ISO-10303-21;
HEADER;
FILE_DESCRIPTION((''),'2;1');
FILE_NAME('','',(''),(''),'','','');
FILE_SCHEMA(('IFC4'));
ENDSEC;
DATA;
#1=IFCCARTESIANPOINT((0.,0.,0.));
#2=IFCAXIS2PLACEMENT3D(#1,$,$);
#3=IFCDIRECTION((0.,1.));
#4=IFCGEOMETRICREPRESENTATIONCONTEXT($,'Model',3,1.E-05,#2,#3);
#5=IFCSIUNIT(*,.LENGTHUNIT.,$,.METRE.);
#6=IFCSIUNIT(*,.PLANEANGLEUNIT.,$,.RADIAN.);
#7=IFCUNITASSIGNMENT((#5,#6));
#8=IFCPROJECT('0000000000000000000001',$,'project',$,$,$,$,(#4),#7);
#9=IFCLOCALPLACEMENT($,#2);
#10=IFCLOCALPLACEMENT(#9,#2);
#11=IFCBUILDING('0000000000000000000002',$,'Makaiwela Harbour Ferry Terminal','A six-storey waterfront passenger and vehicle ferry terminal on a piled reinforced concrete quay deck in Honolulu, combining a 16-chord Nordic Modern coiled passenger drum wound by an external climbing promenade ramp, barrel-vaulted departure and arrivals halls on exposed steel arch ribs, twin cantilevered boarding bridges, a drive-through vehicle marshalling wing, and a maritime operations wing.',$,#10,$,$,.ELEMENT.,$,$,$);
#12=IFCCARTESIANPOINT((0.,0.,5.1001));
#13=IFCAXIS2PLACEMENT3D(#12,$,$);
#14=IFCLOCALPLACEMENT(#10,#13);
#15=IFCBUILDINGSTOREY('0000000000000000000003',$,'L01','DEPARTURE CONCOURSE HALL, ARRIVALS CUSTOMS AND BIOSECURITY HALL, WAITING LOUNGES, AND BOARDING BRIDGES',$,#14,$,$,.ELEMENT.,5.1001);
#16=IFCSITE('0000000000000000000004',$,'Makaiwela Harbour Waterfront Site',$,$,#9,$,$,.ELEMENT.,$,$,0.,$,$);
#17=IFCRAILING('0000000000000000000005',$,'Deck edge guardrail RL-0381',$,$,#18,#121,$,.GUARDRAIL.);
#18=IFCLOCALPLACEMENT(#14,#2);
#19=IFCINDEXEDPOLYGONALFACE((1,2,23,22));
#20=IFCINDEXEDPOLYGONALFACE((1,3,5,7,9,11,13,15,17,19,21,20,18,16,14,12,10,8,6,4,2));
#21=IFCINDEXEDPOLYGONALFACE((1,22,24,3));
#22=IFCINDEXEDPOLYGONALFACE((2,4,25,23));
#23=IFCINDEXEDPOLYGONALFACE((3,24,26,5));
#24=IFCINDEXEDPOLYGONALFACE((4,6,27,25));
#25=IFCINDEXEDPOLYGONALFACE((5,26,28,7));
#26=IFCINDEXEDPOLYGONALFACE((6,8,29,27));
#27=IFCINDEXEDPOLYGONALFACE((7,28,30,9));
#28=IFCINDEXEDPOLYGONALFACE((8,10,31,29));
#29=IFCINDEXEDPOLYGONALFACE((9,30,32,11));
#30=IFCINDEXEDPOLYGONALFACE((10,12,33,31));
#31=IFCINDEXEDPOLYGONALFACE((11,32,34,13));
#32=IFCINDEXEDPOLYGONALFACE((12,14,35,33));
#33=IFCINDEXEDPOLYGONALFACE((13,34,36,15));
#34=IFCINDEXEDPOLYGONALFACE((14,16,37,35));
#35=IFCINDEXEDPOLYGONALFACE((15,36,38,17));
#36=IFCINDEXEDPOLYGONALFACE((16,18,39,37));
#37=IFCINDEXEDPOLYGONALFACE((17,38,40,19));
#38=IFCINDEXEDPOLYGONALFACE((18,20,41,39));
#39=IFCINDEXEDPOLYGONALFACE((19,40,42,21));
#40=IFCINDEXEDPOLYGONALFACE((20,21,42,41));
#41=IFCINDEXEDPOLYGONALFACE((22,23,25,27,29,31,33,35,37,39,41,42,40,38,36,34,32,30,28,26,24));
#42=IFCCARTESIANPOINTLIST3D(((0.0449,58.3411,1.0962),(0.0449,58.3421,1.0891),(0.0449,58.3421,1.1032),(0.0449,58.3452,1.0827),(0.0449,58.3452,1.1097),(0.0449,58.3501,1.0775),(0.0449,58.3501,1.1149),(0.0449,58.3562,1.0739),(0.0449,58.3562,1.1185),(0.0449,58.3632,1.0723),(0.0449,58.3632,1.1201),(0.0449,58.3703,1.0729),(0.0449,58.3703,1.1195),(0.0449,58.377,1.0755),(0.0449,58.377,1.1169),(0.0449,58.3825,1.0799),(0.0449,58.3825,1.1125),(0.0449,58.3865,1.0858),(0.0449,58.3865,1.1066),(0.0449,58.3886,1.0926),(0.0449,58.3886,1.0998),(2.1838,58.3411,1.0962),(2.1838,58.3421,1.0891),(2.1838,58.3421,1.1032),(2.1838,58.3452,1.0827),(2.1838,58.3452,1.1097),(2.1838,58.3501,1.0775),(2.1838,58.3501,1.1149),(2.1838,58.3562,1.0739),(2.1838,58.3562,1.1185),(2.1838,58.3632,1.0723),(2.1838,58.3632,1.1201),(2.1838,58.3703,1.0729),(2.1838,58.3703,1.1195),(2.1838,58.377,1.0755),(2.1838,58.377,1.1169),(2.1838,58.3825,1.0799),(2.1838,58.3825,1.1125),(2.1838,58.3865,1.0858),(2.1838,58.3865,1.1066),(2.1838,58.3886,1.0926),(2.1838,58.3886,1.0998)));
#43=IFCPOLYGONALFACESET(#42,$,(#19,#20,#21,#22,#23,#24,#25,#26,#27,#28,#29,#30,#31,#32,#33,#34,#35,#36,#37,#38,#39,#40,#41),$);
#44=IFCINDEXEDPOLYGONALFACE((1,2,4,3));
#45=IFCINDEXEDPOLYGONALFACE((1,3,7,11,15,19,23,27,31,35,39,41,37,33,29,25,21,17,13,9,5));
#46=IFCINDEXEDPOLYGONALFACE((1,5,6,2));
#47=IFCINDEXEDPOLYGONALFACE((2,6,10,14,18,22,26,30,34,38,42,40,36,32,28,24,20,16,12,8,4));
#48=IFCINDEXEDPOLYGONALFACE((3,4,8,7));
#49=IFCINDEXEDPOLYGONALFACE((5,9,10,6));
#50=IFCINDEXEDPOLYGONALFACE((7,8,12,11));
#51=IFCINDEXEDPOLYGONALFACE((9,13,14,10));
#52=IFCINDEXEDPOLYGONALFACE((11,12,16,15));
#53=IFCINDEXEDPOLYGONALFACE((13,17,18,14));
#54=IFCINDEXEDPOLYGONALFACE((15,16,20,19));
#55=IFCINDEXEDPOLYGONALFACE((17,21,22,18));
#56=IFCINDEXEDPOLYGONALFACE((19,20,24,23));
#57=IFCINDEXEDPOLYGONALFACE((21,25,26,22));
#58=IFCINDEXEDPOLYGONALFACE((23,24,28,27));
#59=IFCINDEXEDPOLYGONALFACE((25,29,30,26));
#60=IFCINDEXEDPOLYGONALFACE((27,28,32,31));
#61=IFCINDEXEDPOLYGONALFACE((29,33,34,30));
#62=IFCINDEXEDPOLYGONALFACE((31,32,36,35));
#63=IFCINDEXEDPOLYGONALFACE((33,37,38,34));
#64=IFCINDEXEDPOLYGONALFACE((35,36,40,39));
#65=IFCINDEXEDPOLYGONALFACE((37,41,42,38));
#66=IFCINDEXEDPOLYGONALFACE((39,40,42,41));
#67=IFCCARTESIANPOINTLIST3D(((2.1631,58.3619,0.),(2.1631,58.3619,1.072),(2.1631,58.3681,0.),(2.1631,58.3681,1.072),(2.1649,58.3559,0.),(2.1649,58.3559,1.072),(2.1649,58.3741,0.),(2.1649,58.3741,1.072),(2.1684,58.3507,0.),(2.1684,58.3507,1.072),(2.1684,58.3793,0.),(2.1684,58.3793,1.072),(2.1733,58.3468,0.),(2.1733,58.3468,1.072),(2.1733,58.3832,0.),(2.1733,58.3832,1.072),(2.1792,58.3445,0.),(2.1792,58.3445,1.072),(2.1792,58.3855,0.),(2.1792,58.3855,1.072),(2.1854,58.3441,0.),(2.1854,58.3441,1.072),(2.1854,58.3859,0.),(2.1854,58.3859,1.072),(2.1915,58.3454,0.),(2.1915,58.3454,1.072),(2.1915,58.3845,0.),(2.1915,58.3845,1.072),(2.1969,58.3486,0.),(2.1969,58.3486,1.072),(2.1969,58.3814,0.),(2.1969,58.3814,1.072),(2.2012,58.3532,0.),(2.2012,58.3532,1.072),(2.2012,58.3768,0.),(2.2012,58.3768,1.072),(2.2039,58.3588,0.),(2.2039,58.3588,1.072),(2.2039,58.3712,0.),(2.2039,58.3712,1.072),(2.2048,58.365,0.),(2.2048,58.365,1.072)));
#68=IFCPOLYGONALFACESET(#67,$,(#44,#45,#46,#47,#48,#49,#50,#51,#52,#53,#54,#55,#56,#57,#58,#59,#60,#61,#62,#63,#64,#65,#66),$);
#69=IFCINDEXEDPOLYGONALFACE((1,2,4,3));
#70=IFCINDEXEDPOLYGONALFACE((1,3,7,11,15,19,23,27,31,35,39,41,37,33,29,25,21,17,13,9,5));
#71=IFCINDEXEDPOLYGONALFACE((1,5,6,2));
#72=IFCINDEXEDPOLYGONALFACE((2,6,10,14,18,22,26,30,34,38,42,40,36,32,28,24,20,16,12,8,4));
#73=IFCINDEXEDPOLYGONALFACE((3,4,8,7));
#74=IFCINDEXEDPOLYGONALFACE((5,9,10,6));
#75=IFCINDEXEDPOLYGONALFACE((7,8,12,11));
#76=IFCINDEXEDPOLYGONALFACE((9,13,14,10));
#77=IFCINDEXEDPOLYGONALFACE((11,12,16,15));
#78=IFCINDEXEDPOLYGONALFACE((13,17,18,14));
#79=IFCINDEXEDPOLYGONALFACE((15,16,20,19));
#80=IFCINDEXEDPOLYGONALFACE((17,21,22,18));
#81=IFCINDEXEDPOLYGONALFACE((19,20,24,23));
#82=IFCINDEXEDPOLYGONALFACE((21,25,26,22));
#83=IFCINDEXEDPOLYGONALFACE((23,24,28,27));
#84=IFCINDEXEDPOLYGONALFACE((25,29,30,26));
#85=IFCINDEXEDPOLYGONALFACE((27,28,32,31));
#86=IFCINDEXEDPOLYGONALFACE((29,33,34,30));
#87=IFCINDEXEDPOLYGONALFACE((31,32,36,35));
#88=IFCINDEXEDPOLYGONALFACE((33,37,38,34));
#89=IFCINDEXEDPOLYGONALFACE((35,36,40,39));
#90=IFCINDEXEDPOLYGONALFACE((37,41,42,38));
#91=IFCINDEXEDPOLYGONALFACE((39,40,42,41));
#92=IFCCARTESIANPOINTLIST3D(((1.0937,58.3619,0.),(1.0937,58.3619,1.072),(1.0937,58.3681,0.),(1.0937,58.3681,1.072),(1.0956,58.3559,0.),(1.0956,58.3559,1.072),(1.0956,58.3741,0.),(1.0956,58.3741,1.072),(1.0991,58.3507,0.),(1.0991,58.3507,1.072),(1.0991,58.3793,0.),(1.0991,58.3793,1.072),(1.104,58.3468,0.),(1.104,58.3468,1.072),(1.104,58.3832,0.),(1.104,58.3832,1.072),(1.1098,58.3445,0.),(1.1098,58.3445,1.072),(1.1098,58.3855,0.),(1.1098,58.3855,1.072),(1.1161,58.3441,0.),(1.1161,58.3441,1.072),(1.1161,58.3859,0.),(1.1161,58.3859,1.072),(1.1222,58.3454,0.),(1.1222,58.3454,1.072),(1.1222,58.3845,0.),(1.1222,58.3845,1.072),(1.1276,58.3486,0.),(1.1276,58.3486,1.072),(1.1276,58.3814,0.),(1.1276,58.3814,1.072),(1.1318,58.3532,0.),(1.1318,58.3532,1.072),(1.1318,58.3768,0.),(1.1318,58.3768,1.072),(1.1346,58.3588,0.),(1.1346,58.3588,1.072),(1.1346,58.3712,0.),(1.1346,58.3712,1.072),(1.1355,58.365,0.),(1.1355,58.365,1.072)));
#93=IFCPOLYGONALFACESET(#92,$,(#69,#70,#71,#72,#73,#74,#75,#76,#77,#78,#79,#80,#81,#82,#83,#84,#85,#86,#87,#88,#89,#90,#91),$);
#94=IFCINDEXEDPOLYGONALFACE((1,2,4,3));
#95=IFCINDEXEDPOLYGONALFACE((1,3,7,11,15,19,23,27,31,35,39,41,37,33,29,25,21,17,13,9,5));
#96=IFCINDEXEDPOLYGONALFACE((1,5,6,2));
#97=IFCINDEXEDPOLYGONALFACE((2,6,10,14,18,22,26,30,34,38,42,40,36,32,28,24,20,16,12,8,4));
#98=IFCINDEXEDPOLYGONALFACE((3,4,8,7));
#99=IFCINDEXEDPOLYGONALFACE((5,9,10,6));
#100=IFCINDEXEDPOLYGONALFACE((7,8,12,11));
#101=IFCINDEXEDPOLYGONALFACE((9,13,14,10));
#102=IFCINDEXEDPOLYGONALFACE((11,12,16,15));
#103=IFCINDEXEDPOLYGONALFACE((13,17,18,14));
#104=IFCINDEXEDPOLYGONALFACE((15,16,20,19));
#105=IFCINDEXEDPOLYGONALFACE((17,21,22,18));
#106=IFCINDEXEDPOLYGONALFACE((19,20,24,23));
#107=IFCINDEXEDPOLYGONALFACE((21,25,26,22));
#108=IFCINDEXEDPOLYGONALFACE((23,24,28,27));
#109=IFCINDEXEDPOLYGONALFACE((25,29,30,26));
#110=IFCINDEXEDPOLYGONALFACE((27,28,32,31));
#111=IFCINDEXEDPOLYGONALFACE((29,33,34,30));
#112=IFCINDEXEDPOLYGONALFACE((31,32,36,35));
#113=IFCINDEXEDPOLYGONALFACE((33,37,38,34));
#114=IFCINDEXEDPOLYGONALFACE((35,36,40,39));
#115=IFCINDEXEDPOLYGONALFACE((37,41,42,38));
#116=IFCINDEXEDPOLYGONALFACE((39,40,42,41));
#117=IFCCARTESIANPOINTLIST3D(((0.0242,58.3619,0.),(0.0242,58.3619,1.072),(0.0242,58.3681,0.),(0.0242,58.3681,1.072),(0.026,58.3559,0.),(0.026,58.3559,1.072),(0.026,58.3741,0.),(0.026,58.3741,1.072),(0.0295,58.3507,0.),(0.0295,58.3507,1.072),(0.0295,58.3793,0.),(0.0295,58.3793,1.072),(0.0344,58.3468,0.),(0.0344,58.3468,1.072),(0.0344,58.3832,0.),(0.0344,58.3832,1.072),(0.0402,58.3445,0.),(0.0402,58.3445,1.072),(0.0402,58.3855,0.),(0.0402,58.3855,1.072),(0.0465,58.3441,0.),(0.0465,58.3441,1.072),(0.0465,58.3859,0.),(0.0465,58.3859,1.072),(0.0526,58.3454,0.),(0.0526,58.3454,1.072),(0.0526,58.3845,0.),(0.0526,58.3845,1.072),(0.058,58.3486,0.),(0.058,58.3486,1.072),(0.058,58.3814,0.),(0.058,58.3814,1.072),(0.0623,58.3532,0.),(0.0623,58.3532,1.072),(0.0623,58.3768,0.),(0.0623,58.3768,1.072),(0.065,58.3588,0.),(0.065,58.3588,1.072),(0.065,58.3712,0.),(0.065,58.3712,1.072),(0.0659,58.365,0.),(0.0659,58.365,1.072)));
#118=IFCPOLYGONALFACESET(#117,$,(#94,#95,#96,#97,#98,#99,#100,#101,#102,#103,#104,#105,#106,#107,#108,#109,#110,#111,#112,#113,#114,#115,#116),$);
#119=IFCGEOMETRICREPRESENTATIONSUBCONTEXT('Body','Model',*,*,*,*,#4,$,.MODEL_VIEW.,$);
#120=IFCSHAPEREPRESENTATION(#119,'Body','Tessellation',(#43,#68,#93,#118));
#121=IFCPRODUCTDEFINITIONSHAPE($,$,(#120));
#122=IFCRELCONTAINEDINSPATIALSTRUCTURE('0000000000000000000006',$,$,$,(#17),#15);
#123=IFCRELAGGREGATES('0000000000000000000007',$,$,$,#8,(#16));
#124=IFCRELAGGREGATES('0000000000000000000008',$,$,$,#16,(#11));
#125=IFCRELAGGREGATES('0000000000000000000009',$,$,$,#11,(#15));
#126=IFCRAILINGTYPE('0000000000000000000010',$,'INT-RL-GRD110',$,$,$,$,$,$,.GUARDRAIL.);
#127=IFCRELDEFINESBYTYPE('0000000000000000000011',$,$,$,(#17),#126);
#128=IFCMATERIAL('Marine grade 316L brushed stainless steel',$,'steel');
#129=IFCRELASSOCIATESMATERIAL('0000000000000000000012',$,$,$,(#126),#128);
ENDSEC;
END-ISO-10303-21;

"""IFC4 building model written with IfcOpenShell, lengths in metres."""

from ifc_helpers import new_model, si_unit, direction, frame, origin, origin_2d, place, context, subcontext, project, spatial, circle, extrude, material, type_object, element, save


model = new_model("IFC4")

# Units and contexts
model_context = context("Model", 3, precision=1e-05, world=origin(), true_north=direction((0.0, 1.0)))
body_context = subcontext(model_context, "Body", "Model", "MODEL_VIEW")
ifc_project = project(units=[si_unit("LENGTHUNIT", "METRE"), si_unit("PLANEANGLEUNIT", "RADIAN")], contexts=[model_context])

# Site, building, storey
site_placement = place(None, origin())
site = spatial("IfcSite", under=ifc_project, at=site_placement, Name="Makaiwela Harbour Waterfront Site", CompositionType="ELEMENT", RefElevation=0.0)
building_placement = place(site_placement, origin())
building = spatial("IfcBuilding", under=site, at=building_placement, Name="Makaiwela Harbour Ferry Terminal", Description="A six-storey waterfront passenger and vehicle ferry terminal on a piled reinforced concrete quay deck in Honolulu, combining a 16-chord Nordic Modern coiled passenger drum wound by an external climbing promenade ramp, barrel-vaulted departure and arrivals halls on exposed steel arch ribs, twin cantilevered boarding bridges, a drive-through vehicle marshalling wing, and a maritime operations wing.", CompositionType="ELEMENT")
storey_placement = place(building_placement, frame((0.0, 0.0, 5.1001)))
storey = spatial("IfcBuildingStorey", under=building, at=storey_placement, Name="L01", Description="DEPARTURE CONCOURSE HALL, ARRIVALS CUSTOMS AND BIOSECURITY HALL, WAITING LOUNGES, AND BOARDING BRIDGES", CompositionType="ELEMENT", Elevation=5.1001)

# Railing
ifc_material_1 = material(Name="Marine grade 316L brushed stainless steel", Category="steel")
railing_type = type_object("IfcRailingType", Name="INT-RL-GRD110", PredefinedType="GUARDRAIL", material=ifc_material_1)
railing_1_placement = place(storey_placement, frame((2.1838, 58.365, 0.0)))
element("IfcRailing", 1, at=railing_1_placement, inside=storey, type_object=railing_type, Name="Deck edge guardrail RL-0381", PredefinedType="GUARDRAIL", context=body_context, shape_type="SweptSolid", body=[
    extrude(circle(Radius=0.0239, at=origin_2d()), frame((0.0, 0.0, 1.0962), z_axis=(-1.0, 0.0, 0.0), x_axis=(0.0, -1.0, 0.0)), (0.0, 0.0, 1.0), 2.1389),
    extrude(circle(Radius=0.021, at=origin_2d()), origin(), (0.0, 0.0, 1.0), 1.072),
    extrude(circle(Radius=0.021, at=origin_2d()), frame((-1.0693, 0.0, 0.0)), (0.0, 0.0, 1.0), 1.072),
    extrude(circle(Radius=0.021, at=origin_2d()), frame((-2.1389, 0.0, 0.0)), (0.0, 0.0, 1.0), 1.072),
])

save(model, "model.ifc")
